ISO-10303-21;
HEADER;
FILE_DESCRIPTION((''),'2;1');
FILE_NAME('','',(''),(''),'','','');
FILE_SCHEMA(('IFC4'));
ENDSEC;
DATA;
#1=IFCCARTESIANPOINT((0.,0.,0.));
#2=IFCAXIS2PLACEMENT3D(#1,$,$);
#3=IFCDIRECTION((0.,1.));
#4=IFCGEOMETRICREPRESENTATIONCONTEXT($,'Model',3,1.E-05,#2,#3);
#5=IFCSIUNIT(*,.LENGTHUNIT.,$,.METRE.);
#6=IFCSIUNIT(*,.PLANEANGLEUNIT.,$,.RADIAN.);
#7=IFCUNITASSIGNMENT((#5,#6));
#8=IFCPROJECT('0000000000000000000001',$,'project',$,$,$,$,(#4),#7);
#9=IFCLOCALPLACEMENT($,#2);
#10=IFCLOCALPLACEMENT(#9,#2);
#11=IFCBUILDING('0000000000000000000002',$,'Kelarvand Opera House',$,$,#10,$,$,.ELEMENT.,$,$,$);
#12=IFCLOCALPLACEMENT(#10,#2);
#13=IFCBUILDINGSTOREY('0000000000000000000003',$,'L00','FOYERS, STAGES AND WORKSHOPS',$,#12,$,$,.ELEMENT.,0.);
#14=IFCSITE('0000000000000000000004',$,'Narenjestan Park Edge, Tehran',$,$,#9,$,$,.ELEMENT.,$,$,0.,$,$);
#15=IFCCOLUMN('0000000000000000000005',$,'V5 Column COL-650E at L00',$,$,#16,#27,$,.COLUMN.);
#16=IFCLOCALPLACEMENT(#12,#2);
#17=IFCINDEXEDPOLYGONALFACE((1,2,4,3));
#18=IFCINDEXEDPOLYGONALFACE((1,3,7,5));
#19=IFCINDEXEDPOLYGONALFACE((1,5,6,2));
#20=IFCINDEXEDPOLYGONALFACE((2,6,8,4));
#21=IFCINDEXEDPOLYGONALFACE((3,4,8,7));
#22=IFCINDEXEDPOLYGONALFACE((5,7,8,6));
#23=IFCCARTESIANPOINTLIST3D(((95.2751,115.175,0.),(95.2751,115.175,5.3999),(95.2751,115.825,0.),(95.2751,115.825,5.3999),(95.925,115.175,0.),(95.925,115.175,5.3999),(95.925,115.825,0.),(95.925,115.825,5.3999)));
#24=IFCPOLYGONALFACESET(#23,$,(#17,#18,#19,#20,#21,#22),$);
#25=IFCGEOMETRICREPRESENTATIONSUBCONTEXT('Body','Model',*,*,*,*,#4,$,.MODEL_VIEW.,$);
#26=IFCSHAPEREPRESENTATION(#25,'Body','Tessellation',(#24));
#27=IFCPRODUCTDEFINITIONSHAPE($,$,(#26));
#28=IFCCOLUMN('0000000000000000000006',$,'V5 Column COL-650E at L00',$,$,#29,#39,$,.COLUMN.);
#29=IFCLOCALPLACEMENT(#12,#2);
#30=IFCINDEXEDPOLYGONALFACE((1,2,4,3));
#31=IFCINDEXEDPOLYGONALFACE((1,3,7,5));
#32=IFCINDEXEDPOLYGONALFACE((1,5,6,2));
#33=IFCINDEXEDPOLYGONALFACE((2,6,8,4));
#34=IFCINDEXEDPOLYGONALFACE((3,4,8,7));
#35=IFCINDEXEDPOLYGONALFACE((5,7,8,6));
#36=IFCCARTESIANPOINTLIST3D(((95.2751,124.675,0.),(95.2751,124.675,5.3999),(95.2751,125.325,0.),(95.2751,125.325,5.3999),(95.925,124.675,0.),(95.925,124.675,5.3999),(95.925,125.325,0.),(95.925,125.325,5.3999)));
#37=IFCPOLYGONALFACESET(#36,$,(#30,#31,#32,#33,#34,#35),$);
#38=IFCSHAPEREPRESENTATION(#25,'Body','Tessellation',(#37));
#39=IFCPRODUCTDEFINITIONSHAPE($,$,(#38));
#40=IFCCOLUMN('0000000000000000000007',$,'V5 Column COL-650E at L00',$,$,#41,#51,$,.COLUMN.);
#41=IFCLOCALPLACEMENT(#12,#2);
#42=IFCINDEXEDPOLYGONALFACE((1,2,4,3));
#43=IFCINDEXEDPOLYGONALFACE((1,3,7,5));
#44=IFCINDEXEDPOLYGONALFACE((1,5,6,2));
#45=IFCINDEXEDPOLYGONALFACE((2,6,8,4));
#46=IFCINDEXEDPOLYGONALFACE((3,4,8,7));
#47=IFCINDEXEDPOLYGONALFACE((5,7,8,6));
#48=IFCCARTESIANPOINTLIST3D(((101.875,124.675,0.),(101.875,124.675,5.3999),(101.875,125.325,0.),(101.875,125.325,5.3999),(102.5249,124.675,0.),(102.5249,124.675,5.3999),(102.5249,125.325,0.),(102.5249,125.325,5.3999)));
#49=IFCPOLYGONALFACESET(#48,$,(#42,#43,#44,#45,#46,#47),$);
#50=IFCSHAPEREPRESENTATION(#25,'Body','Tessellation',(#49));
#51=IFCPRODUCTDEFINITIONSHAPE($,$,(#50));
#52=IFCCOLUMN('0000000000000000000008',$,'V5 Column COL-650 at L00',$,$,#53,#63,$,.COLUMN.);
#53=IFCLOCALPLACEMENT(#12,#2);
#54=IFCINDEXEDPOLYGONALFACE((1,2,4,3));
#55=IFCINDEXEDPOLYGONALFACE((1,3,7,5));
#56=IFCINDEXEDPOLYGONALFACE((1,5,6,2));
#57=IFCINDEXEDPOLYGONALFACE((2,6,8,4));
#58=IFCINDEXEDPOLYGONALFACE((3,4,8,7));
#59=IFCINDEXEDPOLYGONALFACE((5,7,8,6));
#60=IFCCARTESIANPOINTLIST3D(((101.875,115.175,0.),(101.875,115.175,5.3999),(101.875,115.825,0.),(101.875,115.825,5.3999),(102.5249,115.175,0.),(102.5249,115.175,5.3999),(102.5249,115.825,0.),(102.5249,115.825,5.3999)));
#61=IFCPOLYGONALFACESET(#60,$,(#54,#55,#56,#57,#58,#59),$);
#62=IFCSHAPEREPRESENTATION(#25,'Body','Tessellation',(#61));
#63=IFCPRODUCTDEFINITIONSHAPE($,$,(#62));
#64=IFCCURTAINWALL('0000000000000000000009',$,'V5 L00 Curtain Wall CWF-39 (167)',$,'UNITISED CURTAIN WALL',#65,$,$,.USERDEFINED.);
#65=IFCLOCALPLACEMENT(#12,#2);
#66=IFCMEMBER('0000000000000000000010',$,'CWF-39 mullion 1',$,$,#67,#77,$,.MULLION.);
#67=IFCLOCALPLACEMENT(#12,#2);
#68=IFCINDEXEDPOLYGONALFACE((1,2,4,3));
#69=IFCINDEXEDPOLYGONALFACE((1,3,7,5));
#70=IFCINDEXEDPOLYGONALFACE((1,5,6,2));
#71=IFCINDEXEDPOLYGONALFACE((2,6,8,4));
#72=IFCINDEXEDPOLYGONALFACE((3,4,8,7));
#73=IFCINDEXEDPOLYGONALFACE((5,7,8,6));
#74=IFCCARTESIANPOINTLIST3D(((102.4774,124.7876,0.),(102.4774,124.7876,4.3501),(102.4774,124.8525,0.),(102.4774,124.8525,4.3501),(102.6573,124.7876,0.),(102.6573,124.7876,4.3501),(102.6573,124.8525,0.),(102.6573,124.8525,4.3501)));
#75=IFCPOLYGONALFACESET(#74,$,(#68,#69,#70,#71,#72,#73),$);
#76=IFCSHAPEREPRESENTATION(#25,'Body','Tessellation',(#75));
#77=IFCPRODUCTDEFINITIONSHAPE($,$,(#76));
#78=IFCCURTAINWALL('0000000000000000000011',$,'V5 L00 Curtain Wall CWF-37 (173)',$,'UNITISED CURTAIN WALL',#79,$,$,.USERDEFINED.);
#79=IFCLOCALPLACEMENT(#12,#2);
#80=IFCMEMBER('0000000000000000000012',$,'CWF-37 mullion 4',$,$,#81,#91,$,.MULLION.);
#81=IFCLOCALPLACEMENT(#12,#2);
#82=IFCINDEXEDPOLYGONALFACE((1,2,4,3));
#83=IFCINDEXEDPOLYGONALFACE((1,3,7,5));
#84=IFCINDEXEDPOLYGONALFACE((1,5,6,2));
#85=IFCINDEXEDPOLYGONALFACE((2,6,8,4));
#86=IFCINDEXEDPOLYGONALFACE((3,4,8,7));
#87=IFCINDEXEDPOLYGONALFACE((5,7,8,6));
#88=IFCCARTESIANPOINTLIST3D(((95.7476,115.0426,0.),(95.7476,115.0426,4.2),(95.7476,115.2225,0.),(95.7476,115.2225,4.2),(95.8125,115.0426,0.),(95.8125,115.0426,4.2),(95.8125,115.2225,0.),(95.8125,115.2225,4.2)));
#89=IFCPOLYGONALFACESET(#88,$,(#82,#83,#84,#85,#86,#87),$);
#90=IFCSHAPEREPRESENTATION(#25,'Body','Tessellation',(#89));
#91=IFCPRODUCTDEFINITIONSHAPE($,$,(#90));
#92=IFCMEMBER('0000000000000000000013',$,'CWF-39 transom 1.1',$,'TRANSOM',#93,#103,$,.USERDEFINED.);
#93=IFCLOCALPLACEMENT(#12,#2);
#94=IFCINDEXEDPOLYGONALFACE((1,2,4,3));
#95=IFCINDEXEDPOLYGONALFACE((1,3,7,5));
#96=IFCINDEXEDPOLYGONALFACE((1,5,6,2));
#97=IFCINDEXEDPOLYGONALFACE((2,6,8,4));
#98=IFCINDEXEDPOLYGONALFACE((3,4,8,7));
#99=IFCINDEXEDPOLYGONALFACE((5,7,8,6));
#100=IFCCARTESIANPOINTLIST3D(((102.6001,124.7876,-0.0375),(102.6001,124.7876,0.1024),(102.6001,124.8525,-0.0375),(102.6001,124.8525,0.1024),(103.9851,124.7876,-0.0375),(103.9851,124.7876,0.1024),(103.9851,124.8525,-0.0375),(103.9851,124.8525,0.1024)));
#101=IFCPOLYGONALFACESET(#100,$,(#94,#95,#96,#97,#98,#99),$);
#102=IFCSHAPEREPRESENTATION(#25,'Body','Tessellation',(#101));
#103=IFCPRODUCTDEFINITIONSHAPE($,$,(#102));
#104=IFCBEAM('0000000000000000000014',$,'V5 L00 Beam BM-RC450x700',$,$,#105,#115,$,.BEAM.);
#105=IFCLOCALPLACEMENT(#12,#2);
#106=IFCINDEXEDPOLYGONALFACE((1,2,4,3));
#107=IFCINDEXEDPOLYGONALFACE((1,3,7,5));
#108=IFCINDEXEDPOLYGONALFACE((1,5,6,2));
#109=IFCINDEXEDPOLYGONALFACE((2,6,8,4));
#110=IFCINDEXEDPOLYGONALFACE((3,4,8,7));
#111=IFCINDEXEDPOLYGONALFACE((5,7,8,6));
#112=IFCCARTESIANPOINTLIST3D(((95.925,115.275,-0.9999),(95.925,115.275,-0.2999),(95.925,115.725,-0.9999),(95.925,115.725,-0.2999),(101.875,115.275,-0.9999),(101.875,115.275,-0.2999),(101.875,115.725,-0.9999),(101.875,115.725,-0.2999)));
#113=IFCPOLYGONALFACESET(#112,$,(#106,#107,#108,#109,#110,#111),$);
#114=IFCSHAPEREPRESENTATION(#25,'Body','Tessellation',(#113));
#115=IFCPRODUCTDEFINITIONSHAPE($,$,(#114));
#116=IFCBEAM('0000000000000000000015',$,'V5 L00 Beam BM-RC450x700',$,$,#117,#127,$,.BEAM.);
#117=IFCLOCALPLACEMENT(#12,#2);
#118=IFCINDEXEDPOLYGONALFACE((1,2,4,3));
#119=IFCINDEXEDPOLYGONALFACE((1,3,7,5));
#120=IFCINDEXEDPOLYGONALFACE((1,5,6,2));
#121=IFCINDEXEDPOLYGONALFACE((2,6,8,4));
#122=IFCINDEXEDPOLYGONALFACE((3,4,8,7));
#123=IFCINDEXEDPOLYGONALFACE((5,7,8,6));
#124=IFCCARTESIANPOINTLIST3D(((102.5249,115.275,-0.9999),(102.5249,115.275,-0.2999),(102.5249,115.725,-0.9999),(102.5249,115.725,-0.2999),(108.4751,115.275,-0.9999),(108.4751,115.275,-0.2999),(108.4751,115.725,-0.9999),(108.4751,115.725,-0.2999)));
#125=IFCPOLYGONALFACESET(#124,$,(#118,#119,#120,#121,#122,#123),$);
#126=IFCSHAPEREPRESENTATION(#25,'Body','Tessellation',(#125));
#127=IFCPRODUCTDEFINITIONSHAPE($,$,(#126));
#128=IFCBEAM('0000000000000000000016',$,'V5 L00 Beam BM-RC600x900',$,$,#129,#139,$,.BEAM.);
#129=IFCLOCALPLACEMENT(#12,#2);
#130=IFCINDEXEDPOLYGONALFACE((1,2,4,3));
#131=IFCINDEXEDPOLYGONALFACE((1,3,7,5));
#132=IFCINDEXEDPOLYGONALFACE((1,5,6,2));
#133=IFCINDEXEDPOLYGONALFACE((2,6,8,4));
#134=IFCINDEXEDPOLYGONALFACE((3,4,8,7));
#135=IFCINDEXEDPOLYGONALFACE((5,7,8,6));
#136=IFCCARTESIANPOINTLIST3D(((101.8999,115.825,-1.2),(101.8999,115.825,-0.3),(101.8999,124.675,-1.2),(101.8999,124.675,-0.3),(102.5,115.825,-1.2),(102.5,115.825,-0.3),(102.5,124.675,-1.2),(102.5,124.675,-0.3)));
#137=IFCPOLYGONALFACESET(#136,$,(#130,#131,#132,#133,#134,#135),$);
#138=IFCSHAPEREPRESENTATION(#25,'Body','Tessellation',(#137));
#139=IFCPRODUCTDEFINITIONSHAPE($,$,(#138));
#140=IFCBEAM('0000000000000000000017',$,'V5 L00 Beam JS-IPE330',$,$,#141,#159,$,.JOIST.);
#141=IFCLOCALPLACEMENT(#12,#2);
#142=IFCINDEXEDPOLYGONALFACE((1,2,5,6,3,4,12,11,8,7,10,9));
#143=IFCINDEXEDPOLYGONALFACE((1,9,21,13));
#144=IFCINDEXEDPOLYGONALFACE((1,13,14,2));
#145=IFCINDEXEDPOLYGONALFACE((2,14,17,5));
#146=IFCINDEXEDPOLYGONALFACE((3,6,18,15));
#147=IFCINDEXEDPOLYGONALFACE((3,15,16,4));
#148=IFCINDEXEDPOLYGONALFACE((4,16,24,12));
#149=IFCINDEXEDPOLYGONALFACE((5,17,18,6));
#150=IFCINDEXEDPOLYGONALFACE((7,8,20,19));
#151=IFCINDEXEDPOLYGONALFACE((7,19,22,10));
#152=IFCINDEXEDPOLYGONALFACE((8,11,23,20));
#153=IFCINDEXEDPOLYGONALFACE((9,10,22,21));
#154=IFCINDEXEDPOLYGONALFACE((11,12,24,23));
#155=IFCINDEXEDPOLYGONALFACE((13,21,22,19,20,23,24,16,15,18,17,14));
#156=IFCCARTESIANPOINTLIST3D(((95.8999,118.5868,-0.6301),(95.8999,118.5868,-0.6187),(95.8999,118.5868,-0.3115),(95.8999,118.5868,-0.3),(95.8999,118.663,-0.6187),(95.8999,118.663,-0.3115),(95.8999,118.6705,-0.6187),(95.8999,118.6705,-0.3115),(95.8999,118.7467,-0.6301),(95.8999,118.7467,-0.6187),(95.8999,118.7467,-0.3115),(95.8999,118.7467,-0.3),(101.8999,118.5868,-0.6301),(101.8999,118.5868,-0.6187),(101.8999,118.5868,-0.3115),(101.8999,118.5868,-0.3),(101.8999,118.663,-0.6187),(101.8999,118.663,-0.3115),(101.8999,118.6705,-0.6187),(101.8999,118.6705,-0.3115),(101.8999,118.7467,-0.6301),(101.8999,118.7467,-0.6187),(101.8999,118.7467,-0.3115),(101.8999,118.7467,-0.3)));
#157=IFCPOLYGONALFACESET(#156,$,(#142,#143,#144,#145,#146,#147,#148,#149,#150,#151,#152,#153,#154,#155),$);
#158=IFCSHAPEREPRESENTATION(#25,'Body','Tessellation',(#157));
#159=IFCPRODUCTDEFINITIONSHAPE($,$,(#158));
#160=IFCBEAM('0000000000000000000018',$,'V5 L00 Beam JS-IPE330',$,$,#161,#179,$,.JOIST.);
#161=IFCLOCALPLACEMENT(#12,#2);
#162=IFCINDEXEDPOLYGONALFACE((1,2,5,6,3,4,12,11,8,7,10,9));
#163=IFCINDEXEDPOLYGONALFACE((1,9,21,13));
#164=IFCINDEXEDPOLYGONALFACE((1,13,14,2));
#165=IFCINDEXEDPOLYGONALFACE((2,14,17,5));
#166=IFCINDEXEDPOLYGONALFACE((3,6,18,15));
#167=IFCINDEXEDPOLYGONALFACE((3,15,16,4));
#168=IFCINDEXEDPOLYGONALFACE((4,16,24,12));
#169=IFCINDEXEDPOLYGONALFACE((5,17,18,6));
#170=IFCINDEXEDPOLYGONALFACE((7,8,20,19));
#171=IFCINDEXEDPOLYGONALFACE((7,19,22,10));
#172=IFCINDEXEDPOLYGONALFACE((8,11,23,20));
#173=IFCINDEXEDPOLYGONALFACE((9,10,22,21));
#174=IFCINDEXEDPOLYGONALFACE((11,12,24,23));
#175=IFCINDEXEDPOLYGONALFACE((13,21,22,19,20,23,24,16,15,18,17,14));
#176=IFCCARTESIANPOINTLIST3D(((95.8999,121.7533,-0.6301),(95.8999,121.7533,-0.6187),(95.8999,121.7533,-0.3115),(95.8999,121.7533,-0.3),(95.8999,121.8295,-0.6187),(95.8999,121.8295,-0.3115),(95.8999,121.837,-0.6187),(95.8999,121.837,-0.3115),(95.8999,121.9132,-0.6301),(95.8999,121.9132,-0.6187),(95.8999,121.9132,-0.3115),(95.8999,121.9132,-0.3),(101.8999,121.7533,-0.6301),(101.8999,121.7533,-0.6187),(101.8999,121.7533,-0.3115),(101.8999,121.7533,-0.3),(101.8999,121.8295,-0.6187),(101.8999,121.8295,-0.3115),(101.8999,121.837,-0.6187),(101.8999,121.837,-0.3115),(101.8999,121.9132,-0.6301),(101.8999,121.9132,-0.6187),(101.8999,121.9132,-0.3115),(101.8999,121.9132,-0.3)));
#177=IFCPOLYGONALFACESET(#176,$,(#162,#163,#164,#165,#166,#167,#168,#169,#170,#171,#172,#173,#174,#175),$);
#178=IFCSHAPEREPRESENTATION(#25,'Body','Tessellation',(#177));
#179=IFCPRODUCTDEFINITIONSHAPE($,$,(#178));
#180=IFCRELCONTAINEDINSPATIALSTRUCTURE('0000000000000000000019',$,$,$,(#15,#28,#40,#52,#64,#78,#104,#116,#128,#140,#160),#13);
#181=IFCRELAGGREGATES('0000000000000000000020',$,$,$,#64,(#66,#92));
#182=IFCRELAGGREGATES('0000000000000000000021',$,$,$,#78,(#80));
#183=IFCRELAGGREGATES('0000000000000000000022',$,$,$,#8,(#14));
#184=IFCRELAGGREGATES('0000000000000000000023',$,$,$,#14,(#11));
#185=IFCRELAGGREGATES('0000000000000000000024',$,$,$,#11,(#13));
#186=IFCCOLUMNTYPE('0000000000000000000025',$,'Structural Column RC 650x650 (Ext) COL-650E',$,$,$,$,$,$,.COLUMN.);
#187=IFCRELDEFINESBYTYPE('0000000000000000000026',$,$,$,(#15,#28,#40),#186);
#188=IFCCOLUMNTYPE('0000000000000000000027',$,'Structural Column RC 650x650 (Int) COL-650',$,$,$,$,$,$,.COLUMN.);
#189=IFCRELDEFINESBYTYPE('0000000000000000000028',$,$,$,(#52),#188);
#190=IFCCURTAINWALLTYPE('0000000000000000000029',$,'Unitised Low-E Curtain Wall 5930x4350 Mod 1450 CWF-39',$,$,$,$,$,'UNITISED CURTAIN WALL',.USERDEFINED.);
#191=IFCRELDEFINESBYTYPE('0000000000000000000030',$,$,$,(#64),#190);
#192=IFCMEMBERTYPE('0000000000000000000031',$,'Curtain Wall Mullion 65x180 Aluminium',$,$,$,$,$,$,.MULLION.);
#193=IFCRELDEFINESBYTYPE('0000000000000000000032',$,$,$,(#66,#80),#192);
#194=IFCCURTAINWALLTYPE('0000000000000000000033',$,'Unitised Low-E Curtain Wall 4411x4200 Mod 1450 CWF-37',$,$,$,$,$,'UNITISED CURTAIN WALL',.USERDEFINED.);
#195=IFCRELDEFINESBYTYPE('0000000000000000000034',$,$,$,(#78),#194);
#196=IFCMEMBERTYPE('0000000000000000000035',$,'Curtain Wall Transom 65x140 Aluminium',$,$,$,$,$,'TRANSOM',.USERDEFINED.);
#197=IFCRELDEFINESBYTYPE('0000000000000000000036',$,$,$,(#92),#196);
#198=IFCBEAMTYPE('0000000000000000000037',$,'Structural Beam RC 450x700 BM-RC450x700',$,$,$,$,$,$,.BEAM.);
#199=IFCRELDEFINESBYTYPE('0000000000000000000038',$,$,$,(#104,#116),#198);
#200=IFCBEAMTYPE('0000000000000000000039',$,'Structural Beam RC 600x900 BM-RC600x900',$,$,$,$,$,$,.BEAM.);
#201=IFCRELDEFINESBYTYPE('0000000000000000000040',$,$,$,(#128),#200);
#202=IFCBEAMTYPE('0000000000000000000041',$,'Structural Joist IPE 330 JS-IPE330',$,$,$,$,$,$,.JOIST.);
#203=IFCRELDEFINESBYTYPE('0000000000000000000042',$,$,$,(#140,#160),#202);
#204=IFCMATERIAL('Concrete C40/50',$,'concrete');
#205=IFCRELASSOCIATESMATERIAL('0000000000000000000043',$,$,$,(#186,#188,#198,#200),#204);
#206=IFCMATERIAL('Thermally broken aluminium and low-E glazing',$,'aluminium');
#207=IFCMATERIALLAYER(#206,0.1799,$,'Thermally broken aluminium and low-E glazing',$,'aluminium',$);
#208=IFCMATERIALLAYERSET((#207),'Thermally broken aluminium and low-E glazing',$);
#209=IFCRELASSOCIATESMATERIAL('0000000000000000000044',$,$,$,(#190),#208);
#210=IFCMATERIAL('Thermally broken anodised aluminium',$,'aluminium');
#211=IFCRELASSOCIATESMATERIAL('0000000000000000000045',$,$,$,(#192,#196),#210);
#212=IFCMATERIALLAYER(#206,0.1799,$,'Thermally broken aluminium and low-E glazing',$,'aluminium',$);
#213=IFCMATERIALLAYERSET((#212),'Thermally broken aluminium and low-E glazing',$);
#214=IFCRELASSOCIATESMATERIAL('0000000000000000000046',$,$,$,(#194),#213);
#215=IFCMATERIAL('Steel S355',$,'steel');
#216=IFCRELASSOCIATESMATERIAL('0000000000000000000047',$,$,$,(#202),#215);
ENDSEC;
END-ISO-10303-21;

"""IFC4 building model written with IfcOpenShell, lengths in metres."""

from ifc_helpers import new_model, si_unit, direction, frame, origin, origin_2d, place, context, subcontext, project, spatial, rectangle, i_section, extrude, material, layer, layer_set, material_profile, profile_set, type_object, element, aggregate, save


model = new_model("IFC4")

# Units and contexts
model_context = context("Model", 3, precision=1e-05, world=origin(), true_north=direction((0.0, 1.0)))
body_context = subcontext(model_context, "Body", "Model", "MODEL_VIEW")
ifc_project = project(units=[si_unit("LENGTHUNIT", "METRE"), si_unit("PLANEANGLEUNIT", "RADIAN")], contexts=[model_context])

# Site, building, storey
site_placement = place(None, origin())
site = spatial("IfcSite", under=ifc_project, at=site_placement, Name="Narenjestan Park Edge, Tehran", CompositionType="ELEMENT", RefElevation=0.0)
building_placement = place(site_placement, origin())
building = spatial("IfcBuilding", under=site, at=building_placement, Name="Kelarvand Opera House", CompositionType="ELEMENT")
storey_placement = place(building_placement, origin())
storey = spatial("IfcBuildingStorey", under=building, at=storey_placement, Name="L00", Description="FOYERS, STAGES AND WORKSHOPS", CompositionType="ELEMENT", Elevation=0.0)

# Columns
ifc_material_1 = material(Name="Concrete C40/50", Category="concrete")
ifc_material_profile_1 = material_profile(ifc_material_1, rectangle(XDim=0.6499, YDim=0.6499, at=origin_2d()), Name="RC 650x650", Category="concrete")
ifc_profile_set_1 = profile_set([ifc_material_profile_1], Name="Concrete C40/50")
column_type_1 = type_object("IfcColumnType", Name="Structural Column RC 650x650 (Ext) COL-650E", PredefinedType="COLUMN", material=ifc_profile_set_1)
for number, where, z_axis, x_axis, name in (
    (1, (95.6001, 115.5, 0.0), (0.0, 0.0, 1.0), (1.0, 0.0, 0.0), "V5 Column COL-650E at L00"),
    (2, (95.6001, 125.0, 0.0), (0.0, 0.0, 1.0), (1.0, 0.0, 0.0), "V5 Column COL-650E at L00"),
    (3, (102.2, 125.0, 0.0), (0.0, 0.0, 1.0), (1.0, 0.0, 0.0), "V5 Column COL-650E at L00"),
):
    element("IfcColumn", number, at=place(storey_placement, frame(where, z_axis=z_axis, x_axis=x_axis)), inside=storey, type_object=column_type_1, Name=name, PredefinedType="COLUMN", context=body_context, shape_type="SweptSolid", body=[
        extrude(rectangle(XDim=0.6499, YDim=0.6499, at=origin_2d()), origin(), (0.0, 0.0, 1.0), 5.3999),
    ])
ifc_material_profile_2 = material_profile(ifc_material_1, rectangle(XDim=0.6499, YDim=0.6499, at=origin_2d()), Name="RC 650x650", Category="concrete")
ifc_profile_set_2 = profile_set([ifc_material_profile_2], Name="Concrete C40/50")
column_type_2 = type_object("IfcColumnType", Name="Structural Column RC 650x650 (Int) COL-650", PredefinedType="COLUMN", material=ifc_profile_set_2)
column_placement = place(storey_placement, frame((102.2, 115.5, 0.0), z_axis=(0.0, 0.0, 1.0), x_axis=(1.0, 0.0, 0.0)))
element("IfcColumn", 4, at=column_placement, inside=storey, type_object=column_type_2, Name="V5 Column COL-650 at L00", PredefinedType="COLUMN", context=body_context, shape_type="SweptSolid", body=[
    extrude(rectangle(XDim=0.6499, YDim=0.6499, at=origin_2d()), origin(), (0.0, 0.0, 1.0), 5.3999),
])

# Curtain walls, members
ifc_material_2 = material(Name="Thermally broken aluminium and low-E glazing", Category="aluminium")
ifc_layer_1 = layer(ifc_material_2, 0.1799, Name="Thermally broken aluminium and low-E glazing", Category="aluminium")
ifc_layer_set_1 = layer_set([ifc_layer_1], Name="Thermally broken aluminium and low-E glazing")
curtain_wall_type_1 = type_object("IfcCurtainWallType", Name="Unitised Low-E Curtain Wall 5930x4350 Mod 1450 CWF-39", ElementType="UNITISED CURTAIN WALL", PredefinedType="USERDEFINED", material=ifc_layer_set_1)
curtain_wall_1_placement = place(storey_placement, origin())
curtain_wall_1 = element("IfcCurtainWall", 5, at=curtain_wall_1_placement, inside=storey, type_object=curtain_wall_type_1, Name="V5 L00 Curtain Wall CWF-39 (167)", ObjectType="UNITISED CURTAIN WALL", PredefinedType="USERDEFINED")
ifc_material_3 = material(Name="Thermally broken anodised aluminium", Category="aluminium")
ifc_material_profile_3 = material_profile(ifc_material_3, rectangle(XDim=0.0649, YDim=0.1799, at=origin_2d()), Name="ALU MULLION 65x180", Category="aluminium")
ifc_profile_set_3 = profile_set([ifc_material_profile_3], Name="Thermally broken anodised aluminium")
member_type_1 = type_object("IfcMemberType", Name="Curtain Wall Mullion 65x180 Aluminium", PredefinedType="MULLION", material=ifc_profile_set_3)
member_1_placement = place(storey_placement, frame((102.5674, 124.8201, 0.0), z_axis=(0.0, 0.0, 1.0), x_axis=(0.0, 1.0, 0.0)))
member_1 = element("IfcMember", 6, at=member_1_placement, type_object=member_type_1, Name="CWF-39 mullion 1", PredefinedType="MULLION", context=body_context, shape_type="SweptSolid", body=[
    extrude(rectangle(XDim=0.0649, YDim=0.1799, at=origin_2d()), origin(), (0.0, 0.0, 1.0), 4.3501),
])
ifc_layer_2 = layer(ifc_material_2, 0.1799, Name="Thermally broken aluminium and low-E glazing", Category="aluminium")
ifc_layer_set_2 = layer_set([ifc_layer_2], Name="Thermally broken aluminium and low-E glazing")
curtain_wall_type_2 = type_object("IfcCurtainWallType", Name="Unitised Low-E Curtain Wall 4411x4200 Mod 1450 CWF-37", ElementType="UNITISED CURTAIN WALL", PredefinedType="USERDEFINED", material=ifc_layer_set_2)
curtain_wall_2_placement = place(storey_placement, origin())
curtain_wall_2 = element("IfcCurtainWall", 7, at=curtain_wall_2_placement, inside=storey, type_object=curtain_wall_type_2, Name="V5 L00 Curtain Wall CWF-37 (173)", ObjectType="UNITISED CURTAIN WALL", PredefinedType="USERDEFINED")
member_2_placement = place(storey_placement, frame((95.78, 115.1326, 0.0), z_axis=(0.0, 0.0, 1.0), x_axis=(-1.0, 0.0, 0.0)))
member_2 = element("IfcMember", 8, at=member_2_placement, type_object=member_type_1, Name="CWF-37 mullion 4", PredefinedType="MULLION", context=body_context, shape_type="SweptSolid", body=[
    extrude(rectangle(XDim=0.0649, YDim=0.1799, at=origin_2d()), origin(), (0.0, 0.0, 1.0), 4.2),
])

# Member
ifc_material_profile_4 = material_profile(ifc_material_3, rectangle(XDim=0.0649, YDim=0.1399, at=origin_2d()), Name="ALU TRANSOM 65x140", Category="aluminium")
ifc_profile_set_4 = profile_set([ifc_material_profile_4], Name="Thermally broken anodised aluminium")
member_type_2 = type_object("IfcMemberType", Name="Curtain Wall Transom 65x140 Aluminium", ElementType="TRANSOM", PredefinedType="USERDEFINED", material=ifc_profile_set_4)
member_3_placement = place(storey_placement, frame((102.6001, 124.8201, 0.0325), z_axis=(1.0, 0.0, 0.0), x_axis=(0.0, 1.0, 0.0)))
member_3 = element("IfcMember", 9, at=member_3_placement, type_object=member_type_2, Name="CWF-39 transom 1.1", ObjectType="TRANSOM", PredefinedType="USERDEFINED", context=body_context, shape_type="SweptSolid", body=[
    extrude(rectangle(XDim=0.0649, YDim=0.1399, at=origin_2d()), origin(), (0.0, 0.0, 1.0), 1.385),
])
aggregate(curtain_wall_1, [member_1, member_3])

# Beams
ifc_material_profile_5 = material_profile(ifc_material_1, rectangle(XDim=0.45, YDim=0.7, at=origin_2d()), Name="RC 450x700", Category="concrete")
ifc_profile_set_5 = profile_set([ifc_material_profile_5], Name="Concrete C40/50")
beam_type_1 = type_object("IfcBeamType", Name="Structural Beam RC 450x700 BM-RC450x700", PredefinedType="BEAM", material=ifc_profile_set_5)
beam_1_placement = place(storey_placement, frame((95.925, 115.5, -0.6499), z_axis=(1.0, 0.0, 0.0), x_axis=(0.0, 1.0, 0.0)))
element("IfcBeam", 10, at=beam_1_placement, inside=storey, type_object=beam_type_1, Name="V5 L00 Beam BM-RC450x700", PredefinedType="BEAM", context=body_context, shape_type="SweptSolid", body=[
    extrude(rectangle(XDim=0.45, YDim=0.7, at=origin_2d()), origin(), (0.0, 0.0, 1.0), 5.95),
])
beam_2_placement = place(storey_placement, frame((102.5249, 115.5, -0.6499), z_axis=(1.0, 0.0, 0.0), x_axis=(0.0, 1.0, 0.0)))
element("IfcBeam", 11, at=beam_2_placement, inside=storey, type_object=beam_type_1, Name="V5 L00 Beam BM-RC450x700", PredefinedType="BEAM", context=body_context, shape_type="SweptSolid", body=[
    extrude(rectangle(XDim=0.45, YDim=0.7, at=origin_2d()), origin(), (0.0, 0.0, 1.0), 5.9502),
])
ifc_material_profile_6 = material_profile(ifc_material_1, rectangle(XDim=0.6001, YDim=0.8999, at=origin_2d()), Name="RC 600x900", Category="concrete")
ifc_profile_set_6 = profile_set([ifc_material_profile_6], Name="Concrete C40/50")
beam_type_2 = type_object("IfcBeamType", Name="Structural Beam RC 600x900 BM-RC600x900", PredefinedType="BEAM", material=ifc_profile_set_6)
beam_3_placement = place(storey_placement, frame((102.2, 115.825, -0.75), z_axis=(0.0, 1.0, 0.0), x_axis=(-1.0, 0.0, 0.0)))
element("IfcBeam", 12, at=beam_3_placement, inside=storey, type_object=beam_type_2, Name="V5 L00 Beam BM-RC600x900", PredefinedType="BEAM", context=body_context, shape_type="SweptSolid", body=[
    extrude(rectangle(XDim=0.6001, YDim=0.8999, at=origin_2d()), origin(), (0.0, 0.0, 1.0), 8.8501),
])
ifc_material_4 = material(Name="Steel S355", Category="steel")
ifc_material_profile_7 = material_profile(ifc_material_4, i_section(OverallWidth=0.1599, OverallDepth=0.3301, WebThickness=0.0076, FlangeThickness=0.0115, at=origin_2d()), Name="IPE 330", Category="steel")
ifc_profile_set_7 = profile_set([ifc_material_profile_7], Name="Steel S355")
beam_type_3 = type_object("IfcBeamType", Name="Structural Joist IPE 330 JS-IPE330", PredefinedType="JOIST", material=ifc_profile_set_7)
for number, where, z_axis, x_axis, name in (
    (13, (95.8999, 118.6667, -0.4651), (1.0, 0.0, 0.0), (0.0, 1.0, 0.0), "V5 L00 Beam JS-IPE330"),
    (14, (95.8999, 121.8333, -0.4651), (1.0, 0.0, 0.0), (0.0, 1.0, 0.0), "V5 L00 Beam JS-IPE330"),
):
    element("IfcBeam", number, at=place(storey_placement, frame(where, z_axis=z_axis, x_axis=x_axis)), inside=storey, type_object=beam_type_3, Name=name, PredefinedType="JOIST", context=body_context, shape_type="SweptSolid", body=[
        extrude(i_section(OverallWidth=0.1599, OverallDepth=0.3301, WebThickness=0.0076, FlangeThickness=0.0115, at=origin_2d()), origin(), (0.0, 0.0, 1.0), 6.0),
    ])

aggregate(curtain_wall_2, [member_2])

save(model, "model.ifc")
